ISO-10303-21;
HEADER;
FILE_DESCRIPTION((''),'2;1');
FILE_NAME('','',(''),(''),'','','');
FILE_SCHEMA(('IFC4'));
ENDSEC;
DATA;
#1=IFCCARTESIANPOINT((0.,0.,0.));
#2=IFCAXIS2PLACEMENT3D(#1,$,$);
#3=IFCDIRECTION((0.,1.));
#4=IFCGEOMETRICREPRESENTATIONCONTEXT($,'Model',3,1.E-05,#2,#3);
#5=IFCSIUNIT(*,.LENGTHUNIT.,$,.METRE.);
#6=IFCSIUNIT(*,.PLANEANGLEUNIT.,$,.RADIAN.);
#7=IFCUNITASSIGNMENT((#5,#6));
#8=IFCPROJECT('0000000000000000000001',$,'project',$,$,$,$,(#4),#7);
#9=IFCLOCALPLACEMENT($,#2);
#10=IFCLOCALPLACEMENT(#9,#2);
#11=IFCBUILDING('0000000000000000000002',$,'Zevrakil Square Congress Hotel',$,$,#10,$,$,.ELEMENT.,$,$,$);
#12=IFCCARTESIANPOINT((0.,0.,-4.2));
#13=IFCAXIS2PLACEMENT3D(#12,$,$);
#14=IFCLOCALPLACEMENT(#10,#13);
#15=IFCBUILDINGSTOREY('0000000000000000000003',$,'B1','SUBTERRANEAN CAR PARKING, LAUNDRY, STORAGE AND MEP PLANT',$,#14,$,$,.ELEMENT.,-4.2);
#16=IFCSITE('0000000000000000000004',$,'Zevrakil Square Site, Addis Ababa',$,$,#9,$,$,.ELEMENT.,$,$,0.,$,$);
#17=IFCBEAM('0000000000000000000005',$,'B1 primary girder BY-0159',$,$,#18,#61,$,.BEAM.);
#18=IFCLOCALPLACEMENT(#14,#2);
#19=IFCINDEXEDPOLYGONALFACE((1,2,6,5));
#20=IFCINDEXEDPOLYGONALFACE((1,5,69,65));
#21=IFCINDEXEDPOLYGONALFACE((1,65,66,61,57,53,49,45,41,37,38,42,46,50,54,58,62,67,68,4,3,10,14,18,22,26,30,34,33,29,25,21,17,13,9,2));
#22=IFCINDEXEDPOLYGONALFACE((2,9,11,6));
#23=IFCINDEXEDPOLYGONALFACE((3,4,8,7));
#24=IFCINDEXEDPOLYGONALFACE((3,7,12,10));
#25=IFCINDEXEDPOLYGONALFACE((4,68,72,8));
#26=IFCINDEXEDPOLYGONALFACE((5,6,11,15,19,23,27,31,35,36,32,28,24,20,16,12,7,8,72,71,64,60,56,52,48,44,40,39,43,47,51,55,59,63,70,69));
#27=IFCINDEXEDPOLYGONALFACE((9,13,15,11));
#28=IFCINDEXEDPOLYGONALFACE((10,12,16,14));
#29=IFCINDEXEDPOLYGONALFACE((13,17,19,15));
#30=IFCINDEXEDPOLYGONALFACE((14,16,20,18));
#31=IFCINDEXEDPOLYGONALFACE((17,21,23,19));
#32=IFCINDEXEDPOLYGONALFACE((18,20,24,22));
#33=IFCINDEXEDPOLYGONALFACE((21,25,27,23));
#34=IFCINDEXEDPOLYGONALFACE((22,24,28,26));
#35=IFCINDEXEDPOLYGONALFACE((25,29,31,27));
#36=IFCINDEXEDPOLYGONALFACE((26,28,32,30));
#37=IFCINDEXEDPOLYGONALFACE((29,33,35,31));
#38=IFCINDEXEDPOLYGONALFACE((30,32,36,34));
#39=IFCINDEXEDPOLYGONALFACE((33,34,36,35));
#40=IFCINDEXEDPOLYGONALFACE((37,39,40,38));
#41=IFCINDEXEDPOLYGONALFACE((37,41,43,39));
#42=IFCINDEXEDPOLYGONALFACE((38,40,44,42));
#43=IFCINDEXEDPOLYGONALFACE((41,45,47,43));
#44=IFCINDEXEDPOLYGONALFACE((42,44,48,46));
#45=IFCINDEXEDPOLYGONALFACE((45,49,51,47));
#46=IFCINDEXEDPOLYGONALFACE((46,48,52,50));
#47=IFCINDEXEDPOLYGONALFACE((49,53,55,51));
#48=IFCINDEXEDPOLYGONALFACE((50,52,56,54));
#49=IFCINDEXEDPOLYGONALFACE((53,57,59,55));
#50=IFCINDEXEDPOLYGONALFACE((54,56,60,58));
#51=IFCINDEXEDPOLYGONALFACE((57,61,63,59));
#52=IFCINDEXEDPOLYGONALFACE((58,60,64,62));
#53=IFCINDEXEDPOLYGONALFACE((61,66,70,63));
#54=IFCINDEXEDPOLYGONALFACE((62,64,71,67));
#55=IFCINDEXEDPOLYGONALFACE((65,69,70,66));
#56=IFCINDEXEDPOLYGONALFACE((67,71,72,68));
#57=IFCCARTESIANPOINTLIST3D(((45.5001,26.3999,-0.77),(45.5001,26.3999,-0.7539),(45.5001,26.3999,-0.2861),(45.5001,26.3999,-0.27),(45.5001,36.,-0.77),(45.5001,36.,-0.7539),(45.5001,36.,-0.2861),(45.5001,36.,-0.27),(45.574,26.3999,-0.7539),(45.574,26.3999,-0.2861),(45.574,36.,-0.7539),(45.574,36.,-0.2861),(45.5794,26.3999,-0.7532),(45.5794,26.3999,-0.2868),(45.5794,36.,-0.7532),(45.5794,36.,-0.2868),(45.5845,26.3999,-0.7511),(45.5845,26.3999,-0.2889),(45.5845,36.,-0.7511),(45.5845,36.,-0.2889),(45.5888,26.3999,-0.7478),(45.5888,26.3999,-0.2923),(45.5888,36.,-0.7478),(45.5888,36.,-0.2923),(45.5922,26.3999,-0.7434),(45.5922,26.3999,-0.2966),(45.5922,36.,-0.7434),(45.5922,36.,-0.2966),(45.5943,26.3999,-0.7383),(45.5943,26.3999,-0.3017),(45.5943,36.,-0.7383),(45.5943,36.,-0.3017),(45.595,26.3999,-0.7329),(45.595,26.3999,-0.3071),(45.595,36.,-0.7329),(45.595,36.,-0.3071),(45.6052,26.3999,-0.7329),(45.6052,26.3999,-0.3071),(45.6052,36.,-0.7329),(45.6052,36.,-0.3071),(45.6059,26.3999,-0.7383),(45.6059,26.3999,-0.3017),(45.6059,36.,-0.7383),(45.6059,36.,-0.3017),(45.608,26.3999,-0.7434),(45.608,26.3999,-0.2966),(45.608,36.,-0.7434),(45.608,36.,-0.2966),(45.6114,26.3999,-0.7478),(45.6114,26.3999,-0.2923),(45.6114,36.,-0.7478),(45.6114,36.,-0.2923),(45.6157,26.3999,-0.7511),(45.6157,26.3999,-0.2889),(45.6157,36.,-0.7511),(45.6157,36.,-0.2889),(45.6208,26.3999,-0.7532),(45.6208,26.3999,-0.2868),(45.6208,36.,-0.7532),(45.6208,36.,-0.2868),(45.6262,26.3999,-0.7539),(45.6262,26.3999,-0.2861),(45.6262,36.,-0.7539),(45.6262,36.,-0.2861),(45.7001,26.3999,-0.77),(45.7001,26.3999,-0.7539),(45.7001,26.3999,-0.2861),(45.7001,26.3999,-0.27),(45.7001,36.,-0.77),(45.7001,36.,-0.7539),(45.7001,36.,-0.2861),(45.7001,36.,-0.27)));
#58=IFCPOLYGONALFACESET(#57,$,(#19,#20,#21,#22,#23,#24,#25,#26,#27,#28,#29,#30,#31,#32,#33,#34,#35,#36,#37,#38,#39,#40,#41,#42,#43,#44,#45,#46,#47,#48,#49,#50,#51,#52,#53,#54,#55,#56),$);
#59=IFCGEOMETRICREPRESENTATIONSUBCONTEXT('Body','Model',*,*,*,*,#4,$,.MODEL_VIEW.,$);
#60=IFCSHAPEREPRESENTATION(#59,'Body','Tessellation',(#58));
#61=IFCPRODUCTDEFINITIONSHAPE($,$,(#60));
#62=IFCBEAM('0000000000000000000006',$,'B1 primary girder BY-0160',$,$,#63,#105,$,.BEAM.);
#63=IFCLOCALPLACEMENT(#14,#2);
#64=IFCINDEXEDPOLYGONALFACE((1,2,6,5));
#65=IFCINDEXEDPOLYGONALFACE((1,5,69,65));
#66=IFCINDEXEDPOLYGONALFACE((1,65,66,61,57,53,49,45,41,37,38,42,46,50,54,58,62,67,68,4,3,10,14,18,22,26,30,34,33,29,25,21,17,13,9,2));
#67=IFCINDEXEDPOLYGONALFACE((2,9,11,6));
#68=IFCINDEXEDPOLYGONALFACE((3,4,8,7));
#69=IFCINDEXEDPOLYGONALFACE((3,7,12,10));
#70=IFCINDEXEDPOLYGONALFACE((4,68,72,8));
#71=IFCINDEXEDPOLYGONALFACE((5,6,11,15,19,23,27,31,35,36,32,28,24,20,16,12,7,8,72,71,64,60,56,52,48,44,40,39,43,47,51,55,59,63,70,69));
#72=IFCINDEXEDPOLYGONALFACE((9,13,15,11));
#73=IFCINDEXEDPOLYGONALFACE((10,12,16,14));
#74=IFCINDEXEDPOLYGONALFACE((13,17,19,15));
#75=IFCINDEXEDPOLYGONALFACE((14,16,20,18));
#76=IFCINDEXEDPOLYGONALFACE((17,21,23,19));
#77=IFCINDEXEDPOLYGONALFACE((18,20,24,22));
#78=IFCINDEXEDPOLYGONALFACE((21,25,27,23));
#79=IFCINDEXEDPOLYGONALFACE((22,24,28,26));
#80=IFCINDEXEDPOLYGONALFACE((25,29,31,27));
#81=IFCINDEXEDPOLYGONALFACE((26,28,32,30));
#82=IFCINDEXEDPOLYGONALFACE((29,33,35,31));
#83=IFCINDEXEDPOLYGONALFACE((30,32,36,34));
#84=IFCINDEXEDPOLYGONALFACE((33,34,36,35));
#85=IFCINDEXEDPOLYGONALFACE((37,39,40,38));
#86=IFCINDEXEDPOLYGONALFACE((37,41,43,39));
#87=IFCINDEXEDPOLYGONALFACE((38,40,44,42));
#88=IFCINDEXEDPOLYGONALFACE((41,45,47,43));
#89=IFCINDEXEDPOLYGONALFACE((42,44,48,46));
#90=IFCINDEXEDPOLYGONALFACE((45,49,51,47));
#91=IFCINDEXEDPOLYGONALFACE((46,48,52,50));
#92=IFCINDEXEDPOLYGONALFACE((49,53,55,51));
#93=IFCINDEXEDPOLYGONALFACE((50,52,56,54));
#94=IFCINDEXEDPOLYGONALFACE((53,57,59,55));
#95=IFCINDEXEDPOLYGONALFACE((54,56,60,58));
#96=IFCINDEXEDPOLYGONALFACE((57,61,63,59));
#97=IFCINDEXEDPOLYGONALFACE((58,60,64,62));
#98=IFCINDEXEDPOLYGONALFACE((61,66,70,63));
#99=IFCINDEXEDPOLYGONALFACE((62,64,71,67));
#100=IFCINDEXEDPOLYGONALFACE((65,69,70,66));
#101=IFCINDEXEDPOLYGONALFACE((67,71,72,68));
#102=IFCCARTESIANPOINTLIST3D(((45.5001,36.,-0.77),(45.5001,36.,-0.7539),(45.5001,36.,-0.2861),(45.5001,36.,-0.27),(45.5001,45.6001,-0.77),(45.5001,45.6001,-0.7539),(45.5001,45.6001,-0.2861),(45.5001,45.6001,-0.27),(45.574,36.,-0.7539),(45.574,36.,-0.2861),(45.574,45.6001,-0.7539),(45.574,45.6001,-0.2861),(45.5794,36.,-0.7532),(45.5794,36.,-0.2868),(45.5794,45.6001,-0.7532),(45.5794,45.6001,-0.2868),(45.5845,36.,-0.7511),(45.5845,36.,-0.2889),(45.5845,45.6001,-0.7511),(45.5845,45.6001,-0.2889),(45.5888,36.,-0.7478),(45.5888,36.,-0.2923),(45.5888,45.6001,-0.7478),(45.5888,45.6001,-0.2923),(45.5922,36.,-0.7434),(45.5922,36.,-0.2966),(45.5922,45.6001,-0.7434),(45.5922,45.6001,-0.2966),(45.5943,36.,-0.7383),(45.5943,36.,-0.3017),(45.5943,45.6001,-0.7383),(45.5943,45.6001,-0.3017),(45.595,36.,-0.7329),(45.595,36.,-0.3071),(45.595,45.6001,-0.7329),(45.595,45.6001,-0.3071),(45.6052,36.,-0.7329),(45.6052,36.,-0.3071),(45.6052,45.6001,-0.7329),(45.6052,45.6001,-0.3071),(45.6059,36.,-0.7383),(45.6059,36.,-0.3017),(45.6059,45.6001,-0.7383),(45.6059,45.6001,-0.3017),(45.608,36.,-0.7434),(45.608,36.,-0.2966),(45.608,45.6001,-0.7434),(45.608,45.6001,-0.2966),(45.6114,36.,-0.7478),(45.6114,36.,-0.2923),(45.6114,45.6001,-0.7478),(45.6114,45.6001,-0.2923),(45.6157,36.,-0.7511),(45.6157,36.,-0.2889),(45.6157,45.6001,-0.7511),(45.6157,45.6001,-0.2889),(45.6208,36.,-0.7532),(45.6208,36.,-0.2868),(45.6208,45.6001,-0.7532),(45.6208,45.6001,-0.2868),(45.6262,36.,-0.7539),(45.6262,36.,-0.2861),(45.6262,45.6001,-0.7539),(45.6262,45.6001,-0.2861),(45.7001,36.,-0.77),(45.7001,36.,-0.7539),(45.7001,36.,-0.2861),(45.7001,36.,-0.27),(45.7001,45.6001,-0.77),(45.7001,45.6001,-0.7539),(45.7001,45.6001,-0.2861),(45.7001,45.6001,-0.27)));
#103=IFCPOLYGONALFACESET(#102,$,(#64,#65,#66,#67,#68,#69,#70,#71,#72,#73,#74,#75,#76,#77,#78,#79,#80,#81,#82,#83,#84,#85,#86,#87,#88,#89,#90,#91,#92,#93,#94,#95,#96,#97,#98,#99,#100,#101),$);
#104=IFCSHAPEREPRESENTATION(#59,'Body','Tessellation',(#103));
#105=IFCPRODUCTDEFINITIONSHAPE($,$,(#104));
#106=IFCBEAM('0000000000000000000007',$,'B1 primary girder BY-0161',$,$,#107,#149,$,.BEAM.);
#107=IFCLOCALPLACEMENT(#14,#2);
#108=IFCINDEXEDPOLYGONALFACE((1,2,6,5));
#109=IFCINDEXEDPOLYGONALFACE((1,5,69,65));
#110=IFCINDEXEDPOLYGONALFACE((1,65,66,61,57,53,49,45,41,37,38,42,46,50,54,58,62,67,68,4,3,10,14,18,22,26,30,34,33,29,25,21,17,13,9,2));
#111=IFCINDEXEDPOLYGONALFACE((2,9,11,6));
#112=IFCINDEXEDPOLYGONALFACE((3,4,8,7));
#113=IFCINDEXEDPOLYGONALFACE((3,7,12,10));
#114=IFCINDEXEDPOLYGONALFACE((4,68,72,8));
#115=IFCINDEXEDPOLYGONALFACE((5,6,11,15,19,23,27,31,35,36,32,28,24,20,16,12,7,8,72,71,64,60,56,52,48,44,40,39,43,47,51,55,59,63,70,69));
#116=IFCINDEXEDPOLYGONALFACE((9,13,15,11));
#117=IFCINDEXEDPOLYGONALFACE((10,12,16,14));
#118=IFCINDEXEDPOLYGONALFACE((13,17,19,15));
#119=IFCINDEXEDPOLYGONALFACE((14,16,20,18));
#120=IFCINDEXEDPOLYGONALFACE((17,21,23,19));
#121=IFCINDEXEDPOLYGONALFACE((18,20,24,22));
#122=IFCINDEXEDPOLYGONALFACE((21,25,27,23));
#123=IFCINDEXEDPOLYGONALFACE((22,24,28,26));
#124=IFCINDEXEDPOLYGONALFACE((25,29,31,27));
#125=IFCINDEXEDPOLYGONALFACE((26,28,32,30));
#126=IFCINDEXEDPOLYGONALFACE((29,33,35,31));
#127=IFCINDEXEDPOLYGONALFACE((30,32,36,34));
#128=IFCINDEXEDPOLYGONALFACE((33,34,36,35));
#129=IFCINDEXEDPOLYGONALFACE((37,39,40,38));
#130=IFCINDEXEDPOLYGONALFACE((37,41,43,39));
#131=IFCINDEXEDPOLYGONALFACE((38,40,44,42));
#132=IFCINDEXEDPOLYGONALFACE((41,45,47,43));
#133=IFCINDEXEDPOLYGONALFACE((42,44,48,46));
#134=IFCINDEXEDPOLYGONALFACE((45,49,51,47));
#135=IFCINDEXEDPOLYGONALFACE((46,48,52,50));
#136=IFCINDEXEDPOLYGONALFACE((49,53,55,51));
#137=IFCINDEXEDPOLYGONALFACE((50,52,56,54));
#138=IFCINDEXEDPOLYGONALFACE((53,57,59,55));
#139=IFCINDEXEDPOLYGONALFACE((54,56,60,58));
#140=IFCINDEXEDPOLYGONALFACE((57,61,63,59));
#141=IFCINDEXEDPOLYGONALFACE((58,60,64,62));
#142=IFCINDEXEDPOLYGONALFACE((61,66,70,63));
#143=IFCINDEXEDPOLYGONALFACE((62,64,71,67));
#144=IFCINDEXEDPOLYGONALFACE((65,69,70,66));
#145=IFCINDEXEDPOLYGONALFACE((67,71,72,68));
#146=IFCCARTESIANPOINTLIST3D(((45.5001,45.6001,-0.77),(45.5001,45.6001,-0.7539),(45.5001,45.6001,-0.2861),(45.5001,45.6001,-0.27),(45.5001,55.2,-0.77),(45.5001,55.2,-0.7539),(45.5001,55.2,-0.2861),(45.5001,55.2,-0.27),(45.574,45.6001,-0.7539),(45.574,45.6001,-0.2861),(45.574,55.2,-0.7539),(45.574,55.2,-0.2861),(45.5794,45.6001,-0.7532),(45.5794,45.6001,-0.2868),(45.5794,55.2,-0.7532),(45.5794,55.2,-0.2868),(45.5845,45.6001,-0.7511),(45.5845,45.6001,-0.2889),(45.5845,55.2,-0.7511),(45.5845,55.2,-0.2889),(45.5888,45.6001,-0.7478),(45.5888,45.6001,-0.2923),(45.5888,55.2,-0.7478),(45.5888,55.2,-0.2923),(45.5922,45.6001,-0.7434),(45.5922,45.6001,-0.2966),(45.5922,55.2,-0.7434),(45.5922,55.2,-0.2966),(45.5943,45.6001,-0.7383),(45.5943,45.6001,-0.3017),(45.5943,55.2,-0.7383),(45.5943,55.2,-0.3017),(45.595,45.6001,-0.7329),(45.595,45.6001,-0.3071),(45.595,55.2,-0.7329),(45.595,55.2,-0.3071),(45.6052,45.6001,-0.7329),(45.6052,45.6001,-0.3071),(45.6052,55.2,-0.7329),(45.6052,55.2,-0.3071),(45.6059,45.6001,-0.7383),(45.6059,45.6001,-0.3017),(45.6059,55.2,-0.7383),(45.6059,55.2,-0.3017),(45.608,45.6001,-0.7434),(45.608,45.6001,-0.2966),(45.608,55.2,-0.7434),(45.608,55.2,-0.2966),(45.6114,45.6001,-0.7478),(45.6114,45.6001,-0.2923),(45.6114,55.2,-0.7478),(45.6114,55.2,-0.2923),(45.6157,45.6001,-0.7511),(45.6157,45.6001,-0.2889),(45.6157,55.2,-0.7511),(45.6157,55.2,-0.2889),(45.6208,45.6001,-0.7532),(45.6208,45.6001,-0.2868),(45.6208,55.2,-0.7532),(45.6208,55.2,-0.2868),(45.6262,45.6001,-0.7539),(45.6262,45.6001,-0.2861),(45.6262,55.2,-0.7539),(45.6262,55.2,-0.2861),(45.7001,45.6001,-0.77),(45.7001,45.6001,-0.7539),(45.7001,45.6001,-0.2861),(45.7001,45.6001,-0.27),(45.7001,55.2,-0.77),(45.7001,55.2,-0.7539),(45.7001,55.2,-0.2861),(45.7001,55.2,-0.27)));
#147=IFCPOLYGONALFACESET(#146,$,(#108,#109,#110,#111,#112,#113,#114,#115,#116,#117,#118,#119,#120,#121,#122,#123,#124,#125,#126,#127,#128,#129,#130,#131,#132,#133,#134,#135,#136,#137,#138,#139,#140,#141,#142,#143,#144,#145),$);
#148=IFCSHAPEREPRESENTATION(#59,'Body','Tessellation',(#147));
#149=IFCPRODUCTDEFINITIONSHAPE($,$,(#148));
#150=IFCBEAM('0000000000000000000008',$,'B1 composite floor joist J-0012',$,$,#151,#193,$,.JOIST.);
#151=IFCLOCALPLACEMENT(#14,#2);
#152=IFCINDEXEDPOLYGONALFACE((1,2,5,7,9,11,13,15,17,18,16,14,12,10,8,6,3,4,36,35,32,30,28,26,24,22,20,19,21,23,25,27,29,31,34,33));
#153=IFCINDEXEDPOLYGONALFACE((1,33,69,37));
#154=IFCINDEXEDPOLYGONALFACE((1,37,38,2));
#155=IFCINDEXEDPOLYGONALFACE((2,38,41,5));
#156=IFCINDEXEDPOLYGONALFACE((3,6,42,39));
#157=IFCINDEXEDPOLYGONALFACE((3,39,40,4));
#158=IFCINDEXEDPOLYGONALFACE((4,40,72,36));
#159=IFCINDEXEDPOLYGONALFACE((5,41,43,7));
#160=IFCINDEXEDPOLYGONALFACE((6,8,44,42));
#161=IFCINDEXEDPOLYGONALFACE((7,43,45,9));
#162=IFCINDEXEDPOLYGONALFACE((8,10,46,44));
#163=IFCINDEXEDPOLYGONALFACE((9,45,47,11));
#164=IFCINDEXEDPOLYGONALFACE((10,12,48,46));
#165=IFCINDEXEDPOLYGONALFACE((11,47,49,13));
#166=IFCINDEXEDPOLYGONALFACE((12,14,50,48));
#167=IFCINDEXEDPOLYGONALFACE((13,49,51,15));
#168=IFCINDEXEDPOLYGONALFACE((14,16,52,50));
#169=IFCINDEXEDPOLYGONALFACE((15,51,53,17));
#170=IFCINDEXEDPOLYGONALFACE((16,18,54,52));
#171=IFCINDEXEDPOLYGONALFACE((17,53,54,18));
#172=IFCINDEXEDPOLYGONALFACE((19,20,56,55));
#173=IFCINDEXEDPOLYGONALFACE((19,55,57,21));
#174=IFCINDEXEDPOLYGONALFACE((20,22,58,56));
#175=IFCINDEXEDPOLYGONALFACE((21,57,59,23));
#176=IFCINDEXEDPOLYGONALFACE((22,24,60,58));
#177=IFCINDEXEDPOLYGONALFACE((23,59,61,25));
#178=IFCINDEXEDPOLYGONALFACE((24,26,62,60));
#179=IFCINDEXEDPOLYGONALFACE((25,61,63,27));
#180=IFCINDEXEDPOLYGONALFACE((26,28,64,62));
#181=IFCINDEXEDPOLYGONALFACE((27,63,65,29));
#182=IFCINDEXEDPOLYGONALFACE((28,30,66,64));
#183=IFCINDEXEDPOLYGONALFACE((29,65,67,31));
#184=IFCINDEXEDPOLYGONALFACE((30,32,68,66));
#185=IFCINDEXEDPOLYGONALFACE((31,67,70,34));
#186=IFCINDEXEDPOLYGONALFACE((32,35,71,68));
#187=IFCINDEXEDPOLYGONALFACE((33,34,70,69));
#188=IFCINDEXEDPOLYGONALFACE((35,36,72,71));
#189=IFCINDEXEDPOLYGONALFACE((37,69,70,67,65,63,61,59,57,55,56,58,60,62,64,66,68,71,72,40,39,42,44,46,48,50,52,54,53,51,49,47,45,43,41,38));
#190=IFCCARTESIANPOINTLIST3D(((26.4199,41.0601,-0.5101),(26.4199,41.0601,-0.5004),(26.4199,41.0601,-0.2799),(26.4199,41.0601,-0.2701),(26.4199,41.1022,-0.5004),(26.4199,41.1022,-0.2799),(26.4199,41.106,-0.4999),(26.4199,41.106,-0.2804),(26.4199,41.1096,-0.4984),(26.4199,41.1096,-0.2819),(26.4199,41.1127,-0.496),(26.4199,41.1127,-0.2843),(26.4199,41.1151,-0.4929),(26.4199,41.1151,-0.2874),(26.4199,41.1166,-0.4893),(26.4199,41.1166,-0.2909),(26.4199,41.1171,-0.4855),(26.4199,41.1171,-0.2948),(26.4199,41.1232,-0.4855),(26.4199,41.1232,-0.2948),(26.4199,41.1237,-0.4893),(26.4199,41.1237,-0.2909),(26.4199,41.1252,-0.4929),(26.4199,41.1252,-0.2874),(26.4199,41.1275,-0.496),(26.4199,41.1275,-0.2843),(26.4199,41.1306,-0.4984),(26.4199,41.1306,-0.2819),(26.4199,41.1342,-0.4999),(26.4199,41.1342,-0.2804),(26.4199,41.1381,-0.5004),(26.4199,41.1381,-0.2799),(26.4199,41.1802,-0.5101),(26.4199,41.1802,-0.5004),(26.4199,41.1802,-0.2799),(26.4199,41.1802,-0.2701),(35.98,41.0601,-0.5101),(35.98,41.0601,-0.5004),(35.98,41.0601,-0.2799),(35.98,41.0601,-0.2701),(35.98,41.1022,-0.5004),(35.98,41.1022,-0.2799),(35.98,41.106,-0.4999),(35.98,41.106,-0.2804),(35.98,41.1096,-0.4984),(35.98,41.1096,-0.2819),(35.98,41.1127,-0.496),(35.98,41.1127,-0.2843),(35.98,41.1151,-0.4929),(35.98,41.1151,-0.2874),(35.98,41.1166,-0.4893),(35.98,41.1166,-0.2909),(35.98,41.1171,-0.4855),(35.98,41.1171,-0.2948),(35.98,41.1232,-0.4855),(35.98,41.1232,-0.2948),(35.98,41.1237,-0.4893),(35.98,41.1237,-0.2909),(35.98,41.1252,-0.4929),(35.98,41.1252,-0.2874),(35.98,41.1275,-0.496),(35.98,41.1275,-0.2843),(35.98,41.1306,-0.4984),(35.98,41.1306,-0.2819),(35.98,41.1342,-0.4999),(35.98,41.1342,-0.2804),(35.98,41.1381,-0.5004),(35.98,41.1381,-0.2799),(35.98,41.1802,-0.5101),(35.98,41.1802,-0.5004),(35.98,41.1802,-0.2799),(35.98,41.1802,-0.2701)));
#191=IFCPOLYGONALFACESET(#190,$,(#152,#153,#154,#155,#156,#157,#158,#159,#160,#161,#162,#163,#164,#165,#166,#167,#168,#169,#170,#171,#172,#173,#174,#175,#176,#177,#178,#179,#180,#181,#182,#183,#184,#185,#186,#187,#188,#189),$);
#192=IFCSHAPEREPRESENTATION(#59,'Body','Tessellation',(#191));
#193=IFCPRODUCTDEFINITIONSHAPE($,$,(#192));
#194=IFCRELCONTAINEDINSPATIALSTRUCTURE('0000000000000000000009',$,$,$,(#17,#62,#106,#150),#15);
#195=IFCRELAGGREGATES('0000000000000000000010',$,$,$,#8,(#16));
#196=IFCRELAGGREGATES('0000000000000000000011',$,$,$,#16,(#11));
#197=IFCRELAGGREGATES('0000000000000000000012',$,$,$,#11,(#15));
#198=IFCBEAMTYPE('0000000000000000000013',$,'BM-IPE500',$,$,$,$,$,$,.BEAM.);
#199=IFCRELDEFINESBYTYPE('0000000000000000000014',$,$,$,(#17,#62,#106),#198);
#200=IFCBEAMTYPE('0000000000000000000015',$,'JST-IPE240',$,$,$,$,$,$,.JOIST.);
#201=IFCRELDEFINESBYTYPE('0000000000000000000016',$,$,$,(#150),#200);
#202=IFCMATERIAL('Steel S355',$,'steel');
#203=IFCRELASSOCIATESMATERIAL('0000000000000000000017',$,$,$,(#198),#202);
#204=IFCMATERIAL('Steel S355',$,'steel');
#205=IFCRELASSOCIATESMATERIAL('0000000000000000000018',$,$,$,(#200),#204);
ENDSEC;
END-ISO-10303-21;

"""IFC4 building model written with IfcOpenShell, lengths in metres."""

from ifc_helpers import new_model, si_unit, direction, frame, origin, origin_2d, place, context, subcontext, project, spatial, i_section, extrude, material, material_profile, profile_set, type_object, element, save


model = new_model("IFC4")

# Units and contexts
model_context = context("Model", 3, precision=1e-05, world=origin(), true_north=direction((0.0, 1.0)))
body_context = subcontext(model_context, "Body", "Model", "MODEL_VIEW")
ifc_project = project(units=[si_unit("LENGTHUNIT", "METRE"), si_unit("PLANEANGLEUNIT", "RADIAN")], contexts=[model_context])

# Site, building, storey
site_placement = place(None, origin())
site = spatial("IfcSite", under=ifc_project, at=site_placement, Name="Zevrakil Square Site, Addis Ababa", CompositionType="ELEMENT", RefElevation=0.0)
building_placement = place(site_placement, origin())
building = spatial("IfcBuilding", under=site, at=building_placement, Name="Zevrakil Square Congress Hotel", CompositionType="ELEMENT")
storey_placement = place(building_placement, frame((0.0, 0.0, -4.2)))
storey = spatial("IfcBuildingStorey", under=building, at=storey_placement, Name="B1", Description="SUBTERRANEAN CAR PARKING, LAUNDRY, STORAGE AND MEP PLANT", CompositionType="ELEMENT", Elevation=-4.2)

# Beams
ifc_material_1 = material(Name="Steel S355", Category="steel")
ifc_material_profile_1 = material_profile(ifc_material_1, i_section(OverallWidth=0.2, OverallDepth=0.5, WebThickness=0.0103, FlangeThickness=0.0161, FilletRadius=0.021, at=origin_2d()), Name="IPE 500")
ifc_profile_set_1 = profile_set([ifc_material_profile_1], Name="Steel S355")
beam_type_1 = type_object("IfcBeamType", Name="BM-IPE500", PredefinedType="BEAM", material=ifc_profile_set_1)
for number, where, z_axis, x_axis, name in (
    (1, (45.6001, 26.3999, -0.52), (0.0, 1.0, 0.0), (-1.0, 0.0, 0.0), "B1 primary girder BY-0159"),
    (2, (45.6001, 36.0, -0.52), (0.0, 1.0, 0.0), (-1.0, 0.0, 0.0), "B1 primary girder BY-0160"),
):
    element("IfcBeam", number, at=place(storey_placement, frame(where, z_axis=z_axis, x_axis=x_axis)), inside=storey, type_object=beam_type_1, Name=name, PredefinedType="BEAM", context=body_context, shape_type="SweptSolid", body=[
        extrude(i_section(OverallWidth=0.2, OverallDepth=0.5, WebThickness=0.0103, FlangeThickness=0.0161, FilletRadius=0.021, at=origin_2d()), origin(), (0.0, 0.0, 1.0), 9.6001),
    ])
beam_1_placement = place(storey_placement, frame((45.6001, 45.6001, -0.52), z_axis=(0.0, 1.0, 0.0), x_axis=(-1.0, 0.0, 0.0)))
element("IfcBeam", 3, at=beam_1_placement, inside=storey, type_object=beam_type_1, Name="B1 primary girder BY-0161", PredefinedType="BEAM", context=body_context, shape_type="SweptSolid", body=[
    extrude(i_section(OverallWidth=0.2, OverallDepth=0.5, WebThickness=0.0103, FlangeThickness=0.0161, FilletRadius=0.021, at=origin_2d()), origin(), (0.0, 0.0, 1.0), 9.5999),
])
ifc_material_2 = material(Name="Steel S355", Category="steel")
ifc_material_profile_2 = material_profile(ifc_material_2, i_section(OverallWidth=0.1201, OverallDepth=0.24, WebThickness=0.0061, FlangeThickness=0.0098, FilletRadius=0.0149, at=origin_2d()), Name="IPE 240")
ifc_profile_set_2 = profile_set([ifc_material_profile_2], Name="Steel S355")
beam_type_2 = type_object("IfcBeamType", Name="JST-IPE240", PredefinedType="JOIST", material=ifc_profile_set_2)
beam_2_placement = place(storey_placement, frame((26.4199, 41.1201, -0.3901), z_axis=(1.0, 0.0, 0.0), x_axis=(0.0, 1.0, 0.0)))
element("IfcBeam", 4, at=beam_2_placement, inside=storey, type_object=beam_type_2, Name="B1 composite floor joist J-0012", PredefinedType="JOIST", context=body_context, shape_type="SweptSolid", body=[
    extrude(i_section(OverallWidth=0.1201, OverallDepth=0.24, WebThickness=0.0061, FlangeThickness=0.0098, FilletRadius=0.0149, at=origin_2d()), origin(), (0.0, 0.0, 1.0), 9.5601),
])

save(model, "model.ifc")
